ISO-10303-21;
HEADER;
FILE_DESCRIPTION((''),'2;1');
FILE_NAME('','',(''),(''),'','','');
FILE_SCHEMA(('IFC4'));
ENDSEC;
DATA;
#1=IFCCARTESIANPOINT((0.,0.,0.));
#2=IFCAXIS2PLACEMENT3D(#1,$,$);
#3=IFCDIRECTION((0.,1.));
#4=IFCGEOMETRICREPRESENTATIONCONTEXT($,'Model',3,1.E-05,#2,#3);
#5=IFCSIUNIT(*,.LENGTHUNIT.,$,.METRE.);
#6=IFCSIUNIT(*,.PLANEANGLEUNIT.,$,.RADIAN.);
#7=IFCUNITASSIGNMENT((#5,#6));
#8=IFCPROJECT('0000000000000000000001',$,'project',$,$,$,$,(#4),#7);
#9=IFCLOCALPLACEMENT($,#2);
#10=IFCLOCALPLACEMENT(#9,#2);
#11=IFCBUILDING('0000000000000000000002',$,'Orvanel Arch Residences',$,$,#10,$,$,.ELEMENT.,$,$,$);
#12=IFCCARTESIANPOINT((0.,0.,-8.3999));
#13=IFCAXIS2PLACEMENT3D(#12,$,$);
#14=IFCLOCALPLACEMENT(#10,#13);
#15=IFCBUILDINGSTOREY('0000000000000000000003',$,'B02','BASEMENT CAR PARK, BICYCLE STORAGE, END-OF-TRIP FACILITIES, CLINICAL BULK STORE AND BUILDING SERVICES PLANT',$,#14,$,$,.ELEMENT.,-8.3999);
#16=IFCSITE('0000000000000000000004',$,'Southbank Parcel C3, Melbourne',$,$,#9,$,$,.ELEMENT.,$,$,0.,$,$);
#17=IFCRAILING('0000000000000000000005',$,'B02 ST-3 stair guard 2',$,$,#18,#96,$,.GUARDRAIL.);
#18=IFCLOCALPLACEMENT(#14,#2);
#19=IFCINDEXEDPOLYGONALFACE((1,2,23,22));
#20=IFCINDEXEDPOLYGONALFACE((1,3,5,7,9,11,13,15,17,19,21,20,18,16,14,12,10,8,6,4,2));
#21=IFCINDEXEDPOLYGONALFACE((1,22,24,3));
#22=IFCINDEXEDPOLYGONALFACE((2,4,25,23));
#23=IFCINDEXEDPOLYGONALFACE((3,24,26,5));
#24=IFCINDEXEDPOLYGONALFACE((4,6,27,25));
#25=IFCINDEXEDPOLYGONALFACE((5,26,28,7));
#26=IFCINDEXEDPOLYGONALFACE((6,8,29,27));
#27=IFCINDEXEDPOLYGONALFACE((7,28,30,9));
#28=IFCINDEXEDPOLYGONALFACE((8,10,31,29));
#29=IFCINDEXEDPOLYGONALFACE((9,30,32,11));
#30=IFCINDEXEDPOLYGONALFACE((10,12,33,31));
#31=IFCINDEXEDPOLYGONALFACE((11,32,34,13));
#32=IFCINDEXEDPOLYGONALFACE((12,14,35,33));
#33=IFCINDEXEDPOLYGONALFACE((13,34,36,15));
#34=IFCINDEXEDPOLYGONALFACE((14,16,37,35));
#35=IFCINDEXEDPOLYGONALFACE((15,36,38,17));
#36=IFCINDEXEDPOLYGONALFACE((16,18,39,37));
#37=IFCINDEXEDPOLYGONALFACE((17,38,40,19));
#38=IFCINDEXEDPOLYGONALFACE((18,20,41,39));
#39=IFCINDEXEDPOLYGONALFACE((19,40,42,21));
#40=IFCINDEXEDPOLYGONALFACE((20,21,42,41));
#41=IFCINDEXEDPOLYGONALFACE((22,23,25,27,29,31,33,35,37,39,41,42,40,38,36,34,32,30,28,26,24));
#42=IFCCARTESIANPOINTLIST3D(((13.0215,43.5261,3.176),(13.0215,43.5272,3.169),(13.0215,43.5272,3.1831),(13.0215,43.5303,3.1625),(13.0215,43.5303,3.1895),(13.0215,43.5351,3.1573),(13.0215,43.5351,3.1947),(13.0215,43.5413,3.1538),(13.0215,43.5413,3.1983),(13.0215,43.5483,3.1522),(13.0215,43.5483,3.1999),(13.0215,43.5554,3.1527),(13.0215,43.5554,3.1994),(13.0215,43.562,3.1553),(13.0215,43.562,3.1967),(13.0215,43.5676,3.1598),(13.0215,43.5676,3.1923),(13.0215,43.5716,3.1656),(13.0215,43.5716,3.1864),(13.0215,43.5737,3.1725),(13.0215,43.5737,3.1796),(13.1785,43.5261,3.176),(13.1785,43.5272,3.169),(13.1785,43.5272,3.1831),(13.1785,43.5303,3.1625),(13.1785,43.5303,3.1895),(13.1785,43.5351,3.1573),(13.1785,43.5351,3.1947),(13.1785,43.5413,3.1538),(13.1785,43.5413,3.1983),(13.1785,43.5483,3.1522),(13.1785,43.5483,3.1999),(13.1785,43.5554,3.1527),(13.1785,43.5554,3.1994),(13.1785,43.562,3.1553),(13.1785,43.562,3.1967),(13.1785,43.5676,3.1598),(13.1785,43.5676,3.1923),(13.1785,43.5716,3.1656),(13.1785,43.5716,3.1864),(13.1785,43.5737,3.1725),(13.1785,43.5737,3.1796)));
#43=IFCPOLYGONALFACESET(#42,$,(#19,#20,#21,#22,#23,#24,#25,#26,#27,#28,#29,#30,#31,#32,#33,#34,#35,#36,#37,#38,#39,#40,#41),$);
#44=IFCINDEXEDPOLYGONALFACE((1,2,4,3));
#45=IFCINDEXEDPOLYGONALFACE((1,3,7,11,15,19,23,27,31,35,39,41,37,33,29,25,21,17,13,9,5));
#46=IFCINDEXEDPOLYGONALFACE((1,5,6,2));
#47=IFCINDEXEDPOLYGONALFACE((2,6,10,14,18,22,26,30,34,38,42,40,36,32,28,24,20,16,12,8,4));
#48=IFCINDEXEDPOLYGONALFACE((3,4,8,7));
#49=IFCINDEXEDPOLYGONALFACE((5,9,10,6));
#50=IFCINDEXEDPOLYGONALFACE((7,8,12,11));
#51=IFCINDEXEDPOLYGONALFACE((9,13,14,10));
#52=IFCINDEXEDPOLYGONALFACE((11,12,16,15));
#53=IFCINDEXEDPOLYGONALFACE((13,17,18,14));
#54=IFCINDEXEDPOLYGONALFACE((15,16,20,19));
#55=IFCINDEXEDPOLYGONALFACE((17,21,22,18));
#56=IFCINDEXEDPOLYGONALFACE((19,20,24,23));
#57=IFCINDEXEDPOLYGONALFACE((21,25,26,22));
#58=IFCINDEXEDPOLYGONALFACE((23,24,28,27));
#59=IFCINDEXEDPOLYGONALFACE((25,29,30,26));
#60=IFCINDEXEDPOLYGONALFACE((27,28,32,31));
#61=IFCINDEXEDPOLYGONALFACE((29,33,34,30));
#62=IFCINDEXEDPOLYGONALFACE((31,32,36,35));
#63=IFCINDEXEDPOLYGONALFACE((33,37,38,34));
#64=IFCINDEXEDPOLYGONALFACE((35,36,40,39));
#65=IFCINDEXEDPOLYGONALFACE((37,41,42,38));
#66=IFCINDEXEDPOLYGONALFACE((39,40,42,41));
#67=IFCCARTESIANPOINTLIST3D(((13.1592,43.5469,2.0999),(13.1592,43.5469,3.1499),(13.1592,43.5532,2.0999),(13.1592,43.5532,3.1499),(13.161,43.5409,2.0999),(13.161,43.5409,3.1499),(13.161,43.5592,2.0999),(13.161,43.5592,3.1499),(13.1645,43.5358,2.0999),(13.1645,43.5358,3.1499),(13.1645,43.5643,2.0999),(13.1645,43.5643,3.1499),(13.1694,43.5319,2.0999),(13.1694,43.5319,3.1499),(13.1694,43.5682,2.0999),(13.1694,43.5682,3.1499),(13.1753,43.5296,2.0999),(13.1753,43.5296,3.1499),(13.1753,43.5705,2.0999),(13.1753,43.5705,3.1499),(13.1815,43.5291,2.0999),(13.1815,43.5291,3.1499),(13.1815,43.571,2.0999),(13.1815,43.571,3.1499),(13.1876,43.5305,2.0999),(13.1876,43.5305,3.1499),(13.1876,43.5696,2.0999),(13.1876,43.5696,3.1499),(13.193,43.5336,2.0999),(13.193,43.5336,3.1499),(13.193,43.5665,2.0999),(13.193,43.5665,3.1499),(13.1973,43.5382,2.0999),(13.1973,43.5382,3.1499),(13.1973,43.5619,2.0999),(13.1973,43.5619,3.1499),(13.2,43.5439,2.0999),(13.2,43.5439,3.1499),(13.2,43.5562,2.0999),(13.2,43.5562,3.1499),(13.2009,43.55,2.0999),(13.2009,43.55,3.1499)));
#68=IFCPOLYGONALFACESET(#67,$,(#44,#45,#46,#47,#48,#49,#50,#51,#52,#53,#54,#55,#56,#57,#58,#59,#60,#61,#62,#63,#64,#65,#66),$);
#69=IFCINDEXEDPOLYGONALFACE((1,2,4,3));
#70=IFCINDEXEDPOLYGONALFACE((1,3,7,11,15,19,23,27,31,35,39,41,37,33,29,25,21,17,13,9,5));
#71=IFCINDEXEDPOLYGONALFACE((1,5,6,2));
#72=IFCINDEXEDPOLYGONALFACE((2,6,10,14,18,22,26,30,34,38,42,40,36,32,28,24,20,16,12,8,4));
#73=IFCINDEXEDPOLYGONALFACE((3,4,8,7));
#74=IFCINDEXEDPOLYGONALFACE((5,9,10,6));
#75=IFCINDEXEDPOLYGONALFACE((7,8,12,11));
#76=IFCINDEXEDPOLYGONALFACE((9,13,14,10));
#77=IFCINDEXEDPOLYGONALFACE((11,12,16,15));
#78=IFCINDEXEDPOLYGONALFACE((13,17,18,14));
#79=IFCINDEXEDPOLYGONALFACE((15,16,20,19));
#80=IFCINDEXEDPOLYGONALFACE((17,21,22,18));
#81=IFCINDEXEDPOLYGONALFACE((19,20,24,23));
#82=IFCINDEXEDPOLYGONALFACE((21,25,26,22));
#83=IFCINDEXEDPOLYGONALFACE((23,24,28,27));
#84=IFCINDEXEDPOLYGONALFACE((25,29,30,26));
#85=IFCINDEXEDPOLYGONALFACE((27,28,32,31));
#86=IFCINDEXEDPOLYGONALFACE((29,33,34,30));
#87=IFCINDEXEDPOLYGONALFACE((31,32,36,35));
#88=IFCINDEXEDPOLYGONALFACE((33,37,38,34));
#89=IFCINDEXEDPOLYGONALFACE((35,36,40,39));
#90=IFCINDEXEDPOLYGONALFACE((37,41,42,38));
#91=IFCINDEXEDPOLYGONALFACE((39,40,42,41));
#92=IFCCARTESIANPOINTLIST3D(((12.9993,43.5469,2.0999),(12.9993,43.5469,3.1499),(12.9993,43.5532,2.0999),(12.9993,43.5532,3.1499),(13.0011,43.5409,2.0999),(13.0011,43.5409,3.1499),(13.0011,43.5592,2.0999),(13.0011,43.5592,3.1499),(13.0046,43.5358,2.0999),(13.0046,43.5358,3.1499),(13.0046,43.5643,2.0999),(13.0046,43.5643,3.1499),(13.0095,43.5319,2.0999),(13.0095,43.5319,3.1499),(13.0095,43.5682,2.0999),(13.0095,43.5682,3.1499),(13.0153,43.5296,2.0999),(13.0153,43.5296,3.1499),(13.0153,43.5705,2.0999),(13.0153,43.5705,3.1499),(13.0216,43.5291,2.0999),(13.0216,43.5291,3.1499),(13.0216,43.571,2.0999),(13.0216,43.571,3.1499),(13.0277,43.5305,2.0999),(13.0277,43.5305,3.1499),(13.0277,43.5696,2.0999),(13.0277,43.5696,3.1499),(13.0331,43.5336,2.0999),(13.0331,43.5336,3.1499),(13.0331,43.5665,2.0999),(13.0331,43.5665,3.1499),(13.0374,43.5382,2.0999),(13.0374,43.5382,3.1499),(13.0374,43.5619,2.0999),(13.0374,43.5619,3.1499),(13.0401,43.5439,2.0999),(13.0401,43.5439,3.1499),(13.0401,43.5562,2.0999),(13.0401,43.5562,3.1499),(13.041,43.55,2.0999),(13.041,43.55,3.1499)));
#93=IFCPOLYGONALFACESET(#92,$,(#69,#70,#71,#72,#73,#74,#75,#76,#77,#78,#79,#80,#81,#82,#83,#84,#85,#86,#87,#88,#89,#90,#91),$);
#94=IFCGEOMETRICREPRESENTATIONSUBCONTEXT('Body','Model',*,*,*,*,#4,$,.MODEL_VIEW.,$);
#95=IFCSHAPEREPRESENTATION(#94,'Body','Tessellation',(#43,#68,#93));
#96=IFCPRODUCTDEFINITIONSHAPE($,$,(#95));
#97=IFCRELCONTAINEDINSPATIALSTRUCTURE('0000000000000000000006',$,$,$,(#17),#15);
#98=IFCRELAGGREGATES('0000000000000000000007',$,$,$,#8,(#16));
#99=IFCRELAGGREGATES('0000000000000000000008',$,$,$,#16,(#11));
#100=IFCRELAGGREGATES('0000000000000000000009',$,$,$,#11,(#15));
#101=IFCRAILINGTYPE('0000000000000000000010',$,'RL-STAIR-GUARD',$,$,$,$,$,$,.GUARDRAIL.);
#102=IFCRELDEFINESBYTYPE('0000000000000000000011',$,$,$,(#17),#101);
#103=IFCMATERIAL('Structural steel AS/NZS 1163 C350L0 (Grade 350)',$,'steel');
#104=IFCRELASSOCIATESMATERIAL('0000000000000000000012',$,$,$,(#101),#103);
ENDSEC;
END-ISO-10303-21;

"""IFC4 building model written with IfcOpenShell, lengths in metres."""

from ifc_helpers import new_model, si_unit, direction, frame, origin, origin_2d, place, context, subcontext, project, spatial, circle, extrude, material, type_object, element, save


model = new_model("IFC4")

# Units and contexts
model_context = context("Model", 3, precision=1e-05, world=origin(), true_north=direction((0.0, 1.0)))
body_context = subcontext(model_context, "Body", "Model", "MODEL_VIEW")
ifc_project = project(units=[si_unit("LENGTHUNIT", "METRE"), si_unit("PLANEANGLEUNIT", "RADIAN")], contexts=[model_context])

# Site, building, storey
site_placement = place(None, origin())
site = spatial("IfcSite", under=ifc_project, at=site_placement, Name="Southbank Parcel C3, Melbourne", CompositionType="ELEMENT", RefElevation=0.0)
building_placement = place(site_placement, origin())
building = spatial("IfcBuilding", under=site, at=building_placement, Name="Orvanel Arch Residences", CompositionType="ELEMENT")
storey_placement = place(building_placement, frame((0.0, 0.0, -8.3999)))
storey = spatial("IfcBuildingStorey", under=building, at=storey_placement, Name="B02", Description="BASEMENT CAR PARK, BICYCLE STORAGE, END-OF-TRIP FACILITIES, CLINICAL BULK STORE AND BUILDING SERVICES PLANT", CompositionType="ELEMENT", Elevation=-8.3999)

# Railing
ifc_material_1 = material(Name="Structural steel AS/NZS 1163 C350L0 (Grade 350)", Category="steel")
railing_type_1 = type_object("IfcRailingType", Name="RL-STAIR-GUARD", PredefinedType="GUARDRAIL", material=ifc_material_1)
railing_1_placement = place(storey_placement, frame((13.1799, 43.55, 2.0999)))
element("IfcRailing", 1, at=railing_1_placement, inside=storey, type_object=railing_type_1, Name="B02 ST-3 stair guard 2", PredefinedType="GUARDRAIL", context=body_context, shape_type="SweptSolid", body=[
    extrude(circle(Radius=0.0239, at=origin_2d()), frame((-0.0015, 0.0, 1.0762), z_axis=(-1.0, 0.0, 0.0), x_axis=(0.0, -1.0, 0.0)), (0.0, 0.0, 1.0), 0.157),
    extrude(circle(Radius=0.021, at=origin_2d()), origin(), (0.0, 0.0, 1.0), 1.05),
    extrude(circle(Radius=0.021, at=origin_2d()), frame((-0.1599, 0.0, 0.0)), (0.0, 0.0, 1.0), 1.05),
])

save(model, "model.ifc")
